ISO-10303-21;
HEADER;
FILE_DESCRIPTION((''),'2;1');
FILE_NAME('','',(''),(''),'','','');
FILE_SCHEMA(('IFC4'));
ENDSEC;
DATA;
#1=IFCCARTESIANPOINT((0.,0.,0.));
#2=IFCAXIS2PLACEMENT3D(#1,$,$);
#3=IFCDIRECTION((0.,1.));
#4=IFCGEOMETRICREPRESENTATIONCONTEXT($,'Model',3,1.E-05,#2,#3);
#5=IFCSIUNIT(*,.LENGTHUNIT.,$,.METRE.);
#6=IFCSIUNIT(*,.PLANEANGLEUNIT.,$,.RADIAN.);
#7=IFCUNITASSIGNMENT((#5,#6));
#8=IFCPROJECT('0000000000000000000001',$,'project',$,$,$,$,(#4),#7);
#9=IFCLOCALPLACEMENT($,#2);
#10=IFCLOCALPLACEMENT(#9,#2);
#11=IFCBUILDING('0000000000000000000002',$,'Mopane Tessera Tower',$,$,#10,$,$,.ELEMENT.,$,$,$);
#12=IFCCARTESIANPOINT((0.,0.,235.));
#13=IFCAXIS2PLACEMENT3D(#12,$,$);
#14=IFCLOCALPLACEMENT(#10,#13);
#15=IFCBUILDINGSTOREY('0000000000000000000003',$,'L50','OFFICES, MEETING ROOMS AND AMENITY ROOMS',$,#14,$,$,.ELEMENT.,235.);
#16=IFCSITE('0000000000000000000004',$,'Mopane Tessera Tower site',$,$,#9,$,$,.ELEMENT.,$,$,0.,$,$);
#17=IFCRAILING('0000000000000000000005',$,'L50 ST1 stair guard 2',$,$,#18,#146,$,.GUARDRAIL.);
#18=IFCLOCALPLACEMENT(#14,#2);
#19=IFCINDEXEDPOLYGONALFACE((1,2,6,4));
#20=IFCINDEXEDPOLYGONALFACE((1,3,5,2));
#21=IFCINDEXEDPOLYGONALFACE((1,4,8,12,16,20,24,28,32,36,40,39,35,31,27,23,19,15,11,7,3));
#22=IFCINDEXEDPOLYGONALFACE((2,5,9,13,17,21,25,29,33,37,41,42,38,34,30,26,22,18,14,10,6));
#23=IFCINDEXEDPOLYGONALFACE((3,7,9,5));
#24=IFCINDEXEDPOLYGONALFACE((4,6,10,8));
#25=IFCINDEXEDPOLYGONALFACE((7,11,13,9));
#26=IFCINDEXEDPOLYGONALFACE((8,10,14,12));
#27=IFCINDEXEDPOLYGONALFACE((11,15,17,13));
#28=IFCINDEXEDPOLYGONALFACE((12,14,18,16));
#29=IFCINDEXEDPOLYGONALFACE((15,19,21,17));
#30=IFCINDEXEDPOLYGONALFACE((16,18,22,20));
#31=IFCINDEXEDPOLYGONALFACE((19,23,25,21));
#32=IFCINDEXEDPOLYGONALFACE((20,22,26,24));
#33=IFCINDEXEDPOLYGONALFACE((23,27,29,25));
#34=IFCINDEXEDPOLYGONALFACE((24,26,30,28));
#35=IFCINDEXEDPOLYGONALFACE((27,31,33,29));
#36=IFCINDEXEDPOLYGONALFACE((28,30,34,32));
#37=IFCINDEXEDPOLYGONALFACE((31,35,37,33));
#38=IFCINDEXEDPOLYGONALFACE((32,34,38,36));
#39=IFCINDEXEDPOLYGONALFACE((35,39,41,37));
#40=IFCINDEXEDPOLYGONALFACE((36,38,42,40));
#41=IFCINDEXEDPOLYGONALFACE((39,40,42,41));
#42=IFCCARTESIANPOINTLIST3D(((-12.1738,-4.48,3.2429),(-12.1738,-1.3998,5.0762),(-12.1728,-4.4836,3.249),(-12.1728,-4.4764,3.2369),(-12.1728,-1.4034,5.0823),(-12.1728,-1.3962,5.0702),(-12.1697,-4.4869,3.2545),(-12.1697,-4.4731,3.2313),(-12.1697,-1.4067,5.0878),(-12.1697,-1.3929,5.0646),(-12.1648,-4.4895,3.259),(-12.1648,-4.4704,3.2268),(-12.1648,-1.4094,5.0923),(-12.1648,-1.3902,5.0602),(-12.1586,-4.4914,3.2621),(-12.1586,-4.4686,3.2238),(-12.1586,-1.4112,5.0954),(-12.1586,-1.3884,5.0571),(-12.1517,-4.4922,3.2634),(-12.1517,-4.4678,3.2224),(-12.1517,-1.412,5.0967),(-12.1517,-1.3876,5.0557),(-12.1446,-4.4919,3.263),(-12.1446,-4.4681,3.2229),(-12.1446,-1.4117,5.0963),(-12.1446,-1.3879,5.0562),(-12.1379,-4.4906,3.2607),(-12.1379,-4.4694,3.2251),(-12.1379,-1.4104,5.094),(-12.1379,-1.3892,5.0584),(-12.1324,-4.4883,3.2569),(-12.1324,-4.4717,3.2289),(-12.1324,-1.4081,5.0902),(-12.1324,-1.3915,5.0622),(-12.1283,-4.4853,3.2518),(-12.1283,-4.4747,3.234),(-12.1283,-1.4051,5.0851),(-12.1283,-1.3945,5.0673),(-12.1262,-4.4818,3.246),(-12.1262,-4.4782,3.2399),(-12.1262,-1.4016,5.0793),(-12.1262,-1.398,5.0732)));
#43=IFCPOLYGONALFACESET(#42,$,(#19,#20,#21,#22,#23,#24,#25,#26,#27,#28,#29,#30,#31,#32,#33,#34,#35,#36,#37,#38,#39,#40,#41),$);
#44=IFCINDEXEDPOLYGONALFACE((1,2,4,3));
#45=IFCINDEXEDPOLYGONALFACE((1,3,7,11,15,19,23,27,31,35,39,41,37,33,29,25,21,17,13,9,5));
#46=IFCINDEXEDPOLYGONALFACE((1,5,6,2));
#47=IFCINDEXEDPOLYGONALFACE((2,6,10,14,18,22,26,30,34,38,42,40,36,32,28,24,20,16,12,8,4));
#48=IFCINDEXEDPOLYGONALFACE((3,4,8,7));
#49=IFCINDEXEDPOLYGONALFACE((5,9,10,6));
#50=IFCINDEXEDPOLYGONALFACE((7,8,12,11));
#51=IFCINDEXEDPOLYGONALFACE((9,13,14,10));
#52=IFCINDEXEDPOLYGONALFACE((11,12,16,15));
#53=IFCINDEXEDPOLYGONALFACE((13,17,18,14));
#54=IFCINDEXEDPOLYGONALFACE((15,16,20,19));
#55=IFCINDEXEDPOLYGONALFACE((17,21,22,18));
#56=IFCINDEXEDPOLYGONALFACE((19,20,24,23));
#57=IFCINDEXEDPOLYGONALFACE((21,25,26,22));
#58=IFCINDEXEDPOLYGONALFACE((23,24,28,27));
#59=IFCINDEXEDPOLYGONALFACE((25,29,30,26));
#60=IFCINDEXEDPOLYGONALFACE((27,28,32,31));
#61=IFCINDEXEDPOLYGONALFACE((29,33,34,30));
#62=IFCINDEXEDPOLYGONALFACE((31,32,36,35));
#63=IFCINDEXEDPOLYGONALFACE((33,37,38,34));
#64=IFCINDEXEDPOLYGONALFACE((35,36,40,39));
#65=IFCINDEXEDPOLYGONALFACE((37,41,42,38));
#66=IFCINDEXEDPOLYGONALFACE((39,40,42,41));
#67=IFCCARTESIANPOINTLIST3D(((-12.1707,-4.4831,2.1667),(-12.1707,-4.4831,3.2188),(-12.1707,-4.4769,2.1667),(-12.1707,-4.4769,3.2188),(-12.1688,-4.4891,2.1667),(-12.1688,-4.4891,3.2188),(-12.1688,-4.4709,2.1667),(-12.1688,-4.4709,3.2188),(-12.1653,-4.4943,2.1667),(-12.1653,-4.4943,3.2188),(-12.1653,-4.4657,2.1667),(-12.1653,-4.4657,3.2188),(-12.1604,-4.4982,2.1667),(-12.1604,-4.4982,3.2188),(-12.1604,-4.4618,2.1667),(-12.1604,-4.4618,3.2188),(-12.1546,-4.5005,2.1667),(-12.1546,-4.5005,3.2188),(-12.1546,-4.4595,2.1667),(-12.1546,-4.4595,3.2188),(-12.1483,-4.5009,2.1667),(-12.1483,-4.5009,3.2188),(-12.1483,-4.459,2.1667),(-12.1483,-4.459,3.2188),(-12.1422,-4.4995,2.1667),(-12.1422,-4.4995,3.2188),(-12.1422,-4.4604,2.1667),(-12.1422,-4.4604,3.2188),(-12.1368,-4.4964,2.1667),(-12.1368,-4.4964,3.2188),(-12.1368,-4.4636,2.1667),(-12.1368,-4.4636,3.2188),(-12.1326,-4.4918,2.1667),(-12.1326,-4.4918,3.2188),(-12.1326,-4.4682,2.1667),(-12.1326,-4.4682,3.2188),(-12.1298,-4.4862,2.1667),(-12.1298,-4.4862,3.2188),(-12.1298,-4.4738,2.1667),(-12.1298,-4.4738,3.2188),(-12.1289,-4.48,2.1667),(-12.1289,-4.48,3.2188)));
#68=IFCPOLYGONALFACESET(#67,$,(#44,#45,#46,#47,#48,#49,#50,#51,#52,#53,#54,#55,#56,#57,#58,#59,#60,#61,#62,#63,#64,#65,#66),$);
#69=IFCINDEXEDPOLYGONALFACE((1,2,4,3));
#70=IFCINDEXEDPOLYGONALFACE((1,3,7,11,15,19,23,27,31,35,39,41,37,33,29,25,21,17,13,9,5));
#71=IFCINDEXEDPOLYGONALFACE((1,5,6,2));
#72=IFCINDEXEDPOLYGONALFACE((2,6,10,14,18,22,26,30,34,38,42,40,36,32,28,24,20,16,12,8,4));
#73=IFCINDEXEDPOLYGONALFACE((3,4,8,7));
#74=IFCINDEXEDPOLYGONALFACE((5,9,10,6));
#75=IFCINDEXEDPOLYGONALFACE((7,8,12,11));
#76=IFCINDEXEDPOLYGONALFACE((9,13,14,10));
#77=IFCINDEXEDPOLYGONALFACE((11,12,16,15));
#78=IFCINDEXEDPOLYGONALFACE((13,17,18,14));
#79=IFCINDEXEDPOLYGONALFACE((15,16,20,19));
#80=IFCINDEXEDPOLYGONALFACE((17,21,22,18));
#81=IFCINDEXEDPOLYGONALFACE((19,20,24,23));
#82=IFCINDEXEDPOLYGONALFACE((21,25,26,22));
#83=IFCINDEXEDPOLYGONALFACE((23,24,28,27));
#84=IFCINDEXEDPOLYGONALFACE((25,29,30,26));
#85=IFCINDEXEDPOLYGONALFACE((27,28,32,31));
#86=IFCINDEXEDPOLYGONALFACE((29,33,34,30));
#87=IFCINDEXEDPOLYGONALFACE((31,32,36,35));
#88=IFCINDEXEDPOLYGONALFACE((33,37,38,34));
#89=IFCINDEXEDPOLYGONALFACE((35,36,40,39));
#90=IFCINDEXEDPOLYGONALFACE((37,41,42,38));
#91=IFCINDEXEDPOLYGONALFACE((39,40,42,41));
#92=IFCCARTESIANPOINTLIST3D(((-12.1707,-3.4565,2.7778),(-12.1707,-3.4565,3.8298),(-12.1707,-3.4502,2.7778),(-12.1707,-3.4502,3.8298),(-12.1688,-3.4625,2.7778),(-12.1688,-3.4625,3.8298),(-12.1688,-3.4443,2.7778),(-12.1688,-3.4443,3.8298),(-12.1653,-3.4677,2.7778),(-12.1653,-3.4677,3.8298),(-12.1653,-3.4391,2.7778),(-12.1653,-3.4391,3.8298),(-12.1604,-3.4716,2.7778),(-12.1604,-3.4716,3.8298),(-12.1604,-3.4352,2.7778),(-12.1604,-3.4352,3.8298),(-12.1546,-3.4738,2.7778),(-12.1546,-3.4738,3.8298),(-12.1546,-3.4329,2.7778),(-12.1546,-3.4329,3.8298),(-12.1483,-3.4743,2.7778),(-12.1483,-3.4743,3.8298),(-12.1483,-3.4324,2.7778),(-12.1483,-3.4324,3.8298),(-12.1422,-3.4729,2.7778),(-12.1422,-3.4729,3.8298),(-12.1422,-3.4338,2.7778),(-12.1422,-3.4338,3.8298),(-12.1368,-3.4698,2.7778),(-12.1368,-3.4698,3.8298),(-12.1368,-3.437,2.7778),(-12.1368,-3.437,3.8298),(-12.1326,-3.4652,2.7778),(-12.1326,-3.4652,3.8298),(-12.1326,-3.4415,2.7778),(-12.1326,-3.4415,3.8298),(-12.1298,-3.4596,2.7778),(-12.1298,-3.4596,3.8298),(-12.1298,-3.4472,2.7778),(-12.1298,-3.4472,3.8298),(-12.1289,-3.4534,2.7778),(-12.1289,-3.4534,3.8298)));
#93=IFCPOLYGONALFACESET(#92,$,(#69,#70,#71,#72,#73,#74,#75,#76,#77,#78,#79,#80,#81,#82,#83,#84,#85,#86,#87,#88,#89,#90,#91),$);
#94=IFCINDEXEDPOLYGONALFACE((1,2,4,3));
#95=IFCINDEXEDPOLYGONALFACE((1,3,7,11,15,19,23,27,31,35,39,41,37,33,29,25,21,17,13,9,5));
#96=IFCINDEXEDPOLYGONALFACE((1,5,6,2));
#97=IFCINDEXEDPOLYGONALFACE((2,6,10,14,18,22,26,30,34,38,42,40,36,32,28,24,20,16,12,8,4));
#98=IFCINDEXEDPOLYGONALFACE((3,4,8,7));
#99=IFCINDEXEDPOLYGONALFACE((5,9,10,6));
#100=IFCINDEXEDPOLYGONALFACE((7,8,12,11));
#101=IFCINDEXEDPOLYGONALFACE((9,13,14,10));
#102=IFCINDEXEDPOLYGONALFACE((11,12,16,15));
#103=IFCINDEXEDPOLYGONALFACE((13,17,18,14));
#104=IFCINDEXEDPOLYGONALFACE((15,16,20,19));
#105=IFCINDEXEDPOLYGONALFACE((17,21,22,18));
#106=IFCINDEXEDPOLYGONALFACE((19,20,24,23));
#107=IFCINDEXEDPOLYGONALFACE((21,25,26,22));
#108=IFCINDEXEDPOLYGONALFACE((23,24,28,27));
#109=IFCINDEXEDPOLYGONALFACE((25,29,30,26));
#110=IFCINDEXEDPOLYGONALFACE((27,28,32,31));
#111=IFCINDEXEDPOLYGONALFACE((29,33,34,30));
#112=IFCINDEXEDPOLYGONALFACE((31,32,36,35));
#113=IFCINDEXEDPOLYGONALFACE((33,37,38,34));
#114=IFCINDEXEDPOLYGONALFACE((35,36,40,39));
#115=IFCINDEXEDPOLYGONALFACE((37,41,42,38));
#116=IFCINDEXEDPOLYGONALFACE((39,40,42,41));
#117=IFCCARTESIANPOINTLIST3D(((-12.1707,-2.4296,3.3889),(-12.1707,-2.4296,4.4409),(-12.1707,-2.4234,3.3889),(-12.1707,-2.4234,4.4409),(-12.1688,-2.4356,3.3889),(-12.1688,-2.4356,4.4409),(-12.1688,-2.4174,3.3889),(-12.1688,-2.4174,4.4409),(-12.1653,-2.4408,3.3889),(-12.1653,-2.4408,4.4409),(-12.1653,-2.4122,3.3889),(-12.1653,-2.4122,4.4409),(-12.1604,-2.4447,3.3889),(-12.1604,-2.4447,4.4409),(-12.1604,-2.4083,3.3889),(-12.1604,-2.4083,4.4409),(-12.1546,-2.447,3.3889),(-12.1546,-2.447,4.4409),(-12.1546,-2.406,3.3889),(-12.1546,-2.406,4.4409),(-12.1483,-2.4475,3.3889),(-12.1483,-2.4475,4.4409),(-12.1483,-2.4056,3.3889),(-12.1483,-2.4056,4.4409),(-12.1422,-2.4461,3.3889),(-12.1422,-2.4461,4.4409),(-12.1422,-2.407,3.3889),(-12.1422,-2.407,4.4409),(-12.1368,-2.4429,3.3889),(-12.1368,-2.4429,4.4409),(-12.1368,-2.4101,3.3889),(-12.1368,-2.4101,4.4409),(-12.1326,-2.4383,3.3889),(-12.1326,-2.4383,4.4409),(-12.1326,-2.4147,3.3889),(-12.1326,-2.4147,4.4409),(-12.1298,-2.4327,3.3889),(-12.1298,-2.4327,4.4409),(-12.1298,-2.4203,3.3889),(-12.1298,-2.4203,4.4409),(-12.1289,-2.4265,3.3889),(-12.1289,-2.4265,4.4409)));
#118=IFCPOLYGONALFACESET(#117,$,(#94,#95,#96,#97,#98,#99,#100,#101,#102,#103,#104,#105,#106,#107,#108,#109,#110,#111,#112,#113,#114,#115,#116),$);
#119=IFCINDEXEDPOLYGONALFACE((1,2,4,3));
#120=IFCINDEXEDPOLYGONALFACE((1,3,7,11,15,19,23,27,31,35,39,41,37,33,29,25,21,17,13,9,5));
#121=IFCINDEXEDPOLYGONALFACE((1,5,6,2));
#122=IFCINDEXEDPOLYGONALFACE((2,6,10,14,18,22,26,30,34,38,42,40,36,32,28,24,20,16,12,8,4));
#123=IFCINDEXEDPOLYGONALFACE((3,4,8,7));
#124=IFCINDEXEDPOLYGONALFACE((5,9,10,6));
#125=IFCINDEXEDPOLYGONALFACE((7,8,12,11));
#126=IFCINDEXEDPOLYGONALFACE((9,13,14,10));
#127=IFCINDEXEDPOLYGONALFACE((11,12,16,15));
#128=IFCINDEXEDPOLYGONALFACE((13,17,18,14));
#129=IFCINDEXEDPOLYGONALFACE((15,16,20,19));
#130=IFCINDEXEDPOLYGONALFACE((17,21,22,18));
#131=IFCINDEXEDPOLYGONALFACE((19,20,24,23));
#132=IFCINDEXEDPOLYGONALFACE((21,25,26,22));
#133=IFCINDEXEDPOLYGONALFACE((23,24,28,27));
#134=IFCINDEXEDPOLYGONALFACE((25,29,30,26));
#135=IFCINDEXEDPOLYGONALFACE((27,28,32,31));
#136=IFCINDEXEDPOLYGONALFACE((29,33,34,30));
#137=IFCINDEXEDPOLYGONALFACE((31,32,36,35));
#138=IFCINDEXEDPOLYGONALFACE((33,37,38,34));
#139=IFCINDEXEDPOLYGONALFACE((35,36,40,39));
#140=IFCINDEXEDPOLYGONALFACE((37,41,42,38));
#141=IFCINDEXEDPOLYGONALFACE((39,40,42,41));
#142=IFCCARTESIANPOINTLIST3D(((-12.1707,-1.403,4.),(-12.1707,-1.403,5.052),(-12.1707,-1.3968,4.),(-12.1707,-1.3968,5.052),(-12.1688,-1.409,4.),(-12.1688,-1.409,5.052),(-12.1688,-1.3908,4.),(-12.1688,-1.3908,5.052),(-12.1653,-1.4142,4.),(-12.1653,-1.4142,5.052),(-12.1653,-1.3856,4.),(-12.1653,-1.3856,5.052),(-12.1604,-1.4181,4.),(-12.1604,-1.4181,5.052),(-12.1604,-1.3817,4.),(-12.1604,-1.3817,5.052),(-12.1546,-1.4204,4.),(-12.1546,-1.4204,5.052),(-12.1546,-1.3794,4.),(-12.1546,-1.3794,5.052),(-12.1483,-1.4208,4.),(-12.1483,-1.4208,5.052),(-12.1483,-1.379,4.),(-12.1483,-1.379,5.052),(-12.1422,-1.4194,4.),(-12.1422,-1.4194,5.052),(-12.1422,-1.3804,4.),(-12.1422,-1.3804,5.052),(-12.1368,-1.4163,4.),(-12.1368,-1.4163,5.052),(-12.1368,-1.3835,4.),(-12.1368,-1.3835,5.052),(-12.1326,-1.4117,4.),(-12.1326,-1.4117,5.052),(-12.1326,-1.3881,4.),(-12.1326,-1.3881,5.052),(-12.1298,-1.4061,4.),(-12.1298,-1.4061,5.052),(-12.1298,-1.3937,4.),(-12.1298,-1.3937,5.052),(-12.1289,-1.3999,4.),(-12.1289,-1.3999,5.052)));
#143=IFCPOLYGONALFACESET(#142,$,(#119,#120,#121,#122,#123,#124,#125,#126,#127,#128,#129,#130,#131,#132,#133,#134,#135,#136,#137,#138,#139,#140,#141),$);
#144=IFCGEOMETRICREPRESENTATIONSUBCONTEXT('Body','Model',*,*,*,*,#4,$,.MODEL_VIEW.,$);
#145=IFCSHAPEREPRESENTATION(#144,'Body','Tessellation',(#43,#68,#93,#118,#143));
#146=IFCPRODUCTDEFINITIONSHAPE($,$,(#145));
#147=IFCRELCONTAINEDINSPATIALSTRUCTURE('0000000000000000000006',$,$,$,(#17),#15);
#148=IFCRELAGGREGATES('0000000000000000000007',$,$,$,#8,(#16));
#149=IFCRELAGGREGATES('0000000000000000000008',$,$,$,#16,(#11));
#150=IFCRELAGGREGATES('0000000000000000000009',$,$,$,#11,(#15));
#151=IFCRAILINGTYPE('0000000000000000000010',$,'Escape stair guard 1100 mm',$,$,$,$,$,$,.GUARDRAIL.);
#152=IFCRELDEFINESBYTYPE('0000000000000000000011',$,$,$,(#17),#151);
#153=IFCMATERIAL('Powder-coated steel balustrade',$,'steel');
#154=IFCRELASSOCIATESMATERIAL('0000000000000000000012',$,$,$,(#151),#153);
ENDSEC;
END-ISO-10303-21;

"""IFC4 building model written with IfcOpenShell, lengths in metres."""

from ifc_helpers import new_model, si_unit, direction, frame, origin, origin_2d, place, context, subcontext, project, spatial, circle, extrude, material, type_object, element, save


model = new_model("IFC4")

# Units and contexts
model_context = context("Model", 3, precision=1e-05, world=origin(), true_north=direction((0.0, 1.0)))
body_context = subcontext(model_context, "Body", "Model", "MODEL_VIEW")
ifc_project = project(units=[si_unit("LENGTHUNIT", "METRE"), si_unit("PLANEANGLEUNIT", "RADIAN")], contexts=[model_context])

# Site, building, storey
site_placement = place(None, origin())
site = spatial("IfcSite", under=ifc_project, at=site_placement, Name="Mopane Tessera Tower site", CompositionType="ELEMENT", RefElevation=0.0)
building_placement = place(site_placement, origin())
building = spatial("IfcBuilding", under=site, at=building_placement, Name="Mopane Tessera Tower", CompositionType="ELEMENT")
storey_placement = place(building_placement, frame((0.0, 0.0, 235.0)))
storey = spatial("IfcBuildingStorey", under=building, at=storey_placement, Name="L50", Description="OFFICES, MEETING ROOMS AND AMENITY ROOMS", CompositionType="ELEMENT", Elevation=235.0)

# Railing
ifc_material_1 = material(Name="Powder-coated steel balustrade", Category="steel")
railing_type_1 = type_object("IfcRailingType", Name="Escape stair guard 1100 mm", PredefinedType="GUARDRAIL", material=ifc_material_1)
railing_1_placement = place(storey_placement, frame((-12.1499, -4.48, 2.1667)))
element("IfcRailing", 1, at=railing_1_placement, inside=storey, type_object=railing_type_1, Name="L50 ST1 stair guard 2", PredefinedType="GUARDRAIL", context=body_context, shape_type="SweptSolid", body=[
    extrude(circle(Radius=0.0239, at=origin_2d()), frame((0.0, 0.0, 1.0762), z_axis=(0.0, 0.859309, 0.511458), x_axis=(-1.0, 0.0, 0.0)), (0.0, 0.0, 1.0), 3.5845),
    extrude(circle(Radius=0.021, at=origin_2d()), origin(), (0.0, 0.0, 1.0), 1.052),
    extrude(circle(Radius=0.021, at=origin_2d()), frame((0.0, 1.0266, 0.6111)), (0.0, 0.0, 1.0), 1.052),
    extrude(circle(Radius=0.021, at=origin_2d()), frame((0.0, 2.0535, 1.2222)), (0.0, 0.0, 1.0), 1.052),
    extrude(circle(Radius=0.021, at=origin_2d()), frame((0.0, 3.0801, 1.8333)), (0.0, 0.0, 1.0), 1.052),
])

save(model, "model.ifc")
